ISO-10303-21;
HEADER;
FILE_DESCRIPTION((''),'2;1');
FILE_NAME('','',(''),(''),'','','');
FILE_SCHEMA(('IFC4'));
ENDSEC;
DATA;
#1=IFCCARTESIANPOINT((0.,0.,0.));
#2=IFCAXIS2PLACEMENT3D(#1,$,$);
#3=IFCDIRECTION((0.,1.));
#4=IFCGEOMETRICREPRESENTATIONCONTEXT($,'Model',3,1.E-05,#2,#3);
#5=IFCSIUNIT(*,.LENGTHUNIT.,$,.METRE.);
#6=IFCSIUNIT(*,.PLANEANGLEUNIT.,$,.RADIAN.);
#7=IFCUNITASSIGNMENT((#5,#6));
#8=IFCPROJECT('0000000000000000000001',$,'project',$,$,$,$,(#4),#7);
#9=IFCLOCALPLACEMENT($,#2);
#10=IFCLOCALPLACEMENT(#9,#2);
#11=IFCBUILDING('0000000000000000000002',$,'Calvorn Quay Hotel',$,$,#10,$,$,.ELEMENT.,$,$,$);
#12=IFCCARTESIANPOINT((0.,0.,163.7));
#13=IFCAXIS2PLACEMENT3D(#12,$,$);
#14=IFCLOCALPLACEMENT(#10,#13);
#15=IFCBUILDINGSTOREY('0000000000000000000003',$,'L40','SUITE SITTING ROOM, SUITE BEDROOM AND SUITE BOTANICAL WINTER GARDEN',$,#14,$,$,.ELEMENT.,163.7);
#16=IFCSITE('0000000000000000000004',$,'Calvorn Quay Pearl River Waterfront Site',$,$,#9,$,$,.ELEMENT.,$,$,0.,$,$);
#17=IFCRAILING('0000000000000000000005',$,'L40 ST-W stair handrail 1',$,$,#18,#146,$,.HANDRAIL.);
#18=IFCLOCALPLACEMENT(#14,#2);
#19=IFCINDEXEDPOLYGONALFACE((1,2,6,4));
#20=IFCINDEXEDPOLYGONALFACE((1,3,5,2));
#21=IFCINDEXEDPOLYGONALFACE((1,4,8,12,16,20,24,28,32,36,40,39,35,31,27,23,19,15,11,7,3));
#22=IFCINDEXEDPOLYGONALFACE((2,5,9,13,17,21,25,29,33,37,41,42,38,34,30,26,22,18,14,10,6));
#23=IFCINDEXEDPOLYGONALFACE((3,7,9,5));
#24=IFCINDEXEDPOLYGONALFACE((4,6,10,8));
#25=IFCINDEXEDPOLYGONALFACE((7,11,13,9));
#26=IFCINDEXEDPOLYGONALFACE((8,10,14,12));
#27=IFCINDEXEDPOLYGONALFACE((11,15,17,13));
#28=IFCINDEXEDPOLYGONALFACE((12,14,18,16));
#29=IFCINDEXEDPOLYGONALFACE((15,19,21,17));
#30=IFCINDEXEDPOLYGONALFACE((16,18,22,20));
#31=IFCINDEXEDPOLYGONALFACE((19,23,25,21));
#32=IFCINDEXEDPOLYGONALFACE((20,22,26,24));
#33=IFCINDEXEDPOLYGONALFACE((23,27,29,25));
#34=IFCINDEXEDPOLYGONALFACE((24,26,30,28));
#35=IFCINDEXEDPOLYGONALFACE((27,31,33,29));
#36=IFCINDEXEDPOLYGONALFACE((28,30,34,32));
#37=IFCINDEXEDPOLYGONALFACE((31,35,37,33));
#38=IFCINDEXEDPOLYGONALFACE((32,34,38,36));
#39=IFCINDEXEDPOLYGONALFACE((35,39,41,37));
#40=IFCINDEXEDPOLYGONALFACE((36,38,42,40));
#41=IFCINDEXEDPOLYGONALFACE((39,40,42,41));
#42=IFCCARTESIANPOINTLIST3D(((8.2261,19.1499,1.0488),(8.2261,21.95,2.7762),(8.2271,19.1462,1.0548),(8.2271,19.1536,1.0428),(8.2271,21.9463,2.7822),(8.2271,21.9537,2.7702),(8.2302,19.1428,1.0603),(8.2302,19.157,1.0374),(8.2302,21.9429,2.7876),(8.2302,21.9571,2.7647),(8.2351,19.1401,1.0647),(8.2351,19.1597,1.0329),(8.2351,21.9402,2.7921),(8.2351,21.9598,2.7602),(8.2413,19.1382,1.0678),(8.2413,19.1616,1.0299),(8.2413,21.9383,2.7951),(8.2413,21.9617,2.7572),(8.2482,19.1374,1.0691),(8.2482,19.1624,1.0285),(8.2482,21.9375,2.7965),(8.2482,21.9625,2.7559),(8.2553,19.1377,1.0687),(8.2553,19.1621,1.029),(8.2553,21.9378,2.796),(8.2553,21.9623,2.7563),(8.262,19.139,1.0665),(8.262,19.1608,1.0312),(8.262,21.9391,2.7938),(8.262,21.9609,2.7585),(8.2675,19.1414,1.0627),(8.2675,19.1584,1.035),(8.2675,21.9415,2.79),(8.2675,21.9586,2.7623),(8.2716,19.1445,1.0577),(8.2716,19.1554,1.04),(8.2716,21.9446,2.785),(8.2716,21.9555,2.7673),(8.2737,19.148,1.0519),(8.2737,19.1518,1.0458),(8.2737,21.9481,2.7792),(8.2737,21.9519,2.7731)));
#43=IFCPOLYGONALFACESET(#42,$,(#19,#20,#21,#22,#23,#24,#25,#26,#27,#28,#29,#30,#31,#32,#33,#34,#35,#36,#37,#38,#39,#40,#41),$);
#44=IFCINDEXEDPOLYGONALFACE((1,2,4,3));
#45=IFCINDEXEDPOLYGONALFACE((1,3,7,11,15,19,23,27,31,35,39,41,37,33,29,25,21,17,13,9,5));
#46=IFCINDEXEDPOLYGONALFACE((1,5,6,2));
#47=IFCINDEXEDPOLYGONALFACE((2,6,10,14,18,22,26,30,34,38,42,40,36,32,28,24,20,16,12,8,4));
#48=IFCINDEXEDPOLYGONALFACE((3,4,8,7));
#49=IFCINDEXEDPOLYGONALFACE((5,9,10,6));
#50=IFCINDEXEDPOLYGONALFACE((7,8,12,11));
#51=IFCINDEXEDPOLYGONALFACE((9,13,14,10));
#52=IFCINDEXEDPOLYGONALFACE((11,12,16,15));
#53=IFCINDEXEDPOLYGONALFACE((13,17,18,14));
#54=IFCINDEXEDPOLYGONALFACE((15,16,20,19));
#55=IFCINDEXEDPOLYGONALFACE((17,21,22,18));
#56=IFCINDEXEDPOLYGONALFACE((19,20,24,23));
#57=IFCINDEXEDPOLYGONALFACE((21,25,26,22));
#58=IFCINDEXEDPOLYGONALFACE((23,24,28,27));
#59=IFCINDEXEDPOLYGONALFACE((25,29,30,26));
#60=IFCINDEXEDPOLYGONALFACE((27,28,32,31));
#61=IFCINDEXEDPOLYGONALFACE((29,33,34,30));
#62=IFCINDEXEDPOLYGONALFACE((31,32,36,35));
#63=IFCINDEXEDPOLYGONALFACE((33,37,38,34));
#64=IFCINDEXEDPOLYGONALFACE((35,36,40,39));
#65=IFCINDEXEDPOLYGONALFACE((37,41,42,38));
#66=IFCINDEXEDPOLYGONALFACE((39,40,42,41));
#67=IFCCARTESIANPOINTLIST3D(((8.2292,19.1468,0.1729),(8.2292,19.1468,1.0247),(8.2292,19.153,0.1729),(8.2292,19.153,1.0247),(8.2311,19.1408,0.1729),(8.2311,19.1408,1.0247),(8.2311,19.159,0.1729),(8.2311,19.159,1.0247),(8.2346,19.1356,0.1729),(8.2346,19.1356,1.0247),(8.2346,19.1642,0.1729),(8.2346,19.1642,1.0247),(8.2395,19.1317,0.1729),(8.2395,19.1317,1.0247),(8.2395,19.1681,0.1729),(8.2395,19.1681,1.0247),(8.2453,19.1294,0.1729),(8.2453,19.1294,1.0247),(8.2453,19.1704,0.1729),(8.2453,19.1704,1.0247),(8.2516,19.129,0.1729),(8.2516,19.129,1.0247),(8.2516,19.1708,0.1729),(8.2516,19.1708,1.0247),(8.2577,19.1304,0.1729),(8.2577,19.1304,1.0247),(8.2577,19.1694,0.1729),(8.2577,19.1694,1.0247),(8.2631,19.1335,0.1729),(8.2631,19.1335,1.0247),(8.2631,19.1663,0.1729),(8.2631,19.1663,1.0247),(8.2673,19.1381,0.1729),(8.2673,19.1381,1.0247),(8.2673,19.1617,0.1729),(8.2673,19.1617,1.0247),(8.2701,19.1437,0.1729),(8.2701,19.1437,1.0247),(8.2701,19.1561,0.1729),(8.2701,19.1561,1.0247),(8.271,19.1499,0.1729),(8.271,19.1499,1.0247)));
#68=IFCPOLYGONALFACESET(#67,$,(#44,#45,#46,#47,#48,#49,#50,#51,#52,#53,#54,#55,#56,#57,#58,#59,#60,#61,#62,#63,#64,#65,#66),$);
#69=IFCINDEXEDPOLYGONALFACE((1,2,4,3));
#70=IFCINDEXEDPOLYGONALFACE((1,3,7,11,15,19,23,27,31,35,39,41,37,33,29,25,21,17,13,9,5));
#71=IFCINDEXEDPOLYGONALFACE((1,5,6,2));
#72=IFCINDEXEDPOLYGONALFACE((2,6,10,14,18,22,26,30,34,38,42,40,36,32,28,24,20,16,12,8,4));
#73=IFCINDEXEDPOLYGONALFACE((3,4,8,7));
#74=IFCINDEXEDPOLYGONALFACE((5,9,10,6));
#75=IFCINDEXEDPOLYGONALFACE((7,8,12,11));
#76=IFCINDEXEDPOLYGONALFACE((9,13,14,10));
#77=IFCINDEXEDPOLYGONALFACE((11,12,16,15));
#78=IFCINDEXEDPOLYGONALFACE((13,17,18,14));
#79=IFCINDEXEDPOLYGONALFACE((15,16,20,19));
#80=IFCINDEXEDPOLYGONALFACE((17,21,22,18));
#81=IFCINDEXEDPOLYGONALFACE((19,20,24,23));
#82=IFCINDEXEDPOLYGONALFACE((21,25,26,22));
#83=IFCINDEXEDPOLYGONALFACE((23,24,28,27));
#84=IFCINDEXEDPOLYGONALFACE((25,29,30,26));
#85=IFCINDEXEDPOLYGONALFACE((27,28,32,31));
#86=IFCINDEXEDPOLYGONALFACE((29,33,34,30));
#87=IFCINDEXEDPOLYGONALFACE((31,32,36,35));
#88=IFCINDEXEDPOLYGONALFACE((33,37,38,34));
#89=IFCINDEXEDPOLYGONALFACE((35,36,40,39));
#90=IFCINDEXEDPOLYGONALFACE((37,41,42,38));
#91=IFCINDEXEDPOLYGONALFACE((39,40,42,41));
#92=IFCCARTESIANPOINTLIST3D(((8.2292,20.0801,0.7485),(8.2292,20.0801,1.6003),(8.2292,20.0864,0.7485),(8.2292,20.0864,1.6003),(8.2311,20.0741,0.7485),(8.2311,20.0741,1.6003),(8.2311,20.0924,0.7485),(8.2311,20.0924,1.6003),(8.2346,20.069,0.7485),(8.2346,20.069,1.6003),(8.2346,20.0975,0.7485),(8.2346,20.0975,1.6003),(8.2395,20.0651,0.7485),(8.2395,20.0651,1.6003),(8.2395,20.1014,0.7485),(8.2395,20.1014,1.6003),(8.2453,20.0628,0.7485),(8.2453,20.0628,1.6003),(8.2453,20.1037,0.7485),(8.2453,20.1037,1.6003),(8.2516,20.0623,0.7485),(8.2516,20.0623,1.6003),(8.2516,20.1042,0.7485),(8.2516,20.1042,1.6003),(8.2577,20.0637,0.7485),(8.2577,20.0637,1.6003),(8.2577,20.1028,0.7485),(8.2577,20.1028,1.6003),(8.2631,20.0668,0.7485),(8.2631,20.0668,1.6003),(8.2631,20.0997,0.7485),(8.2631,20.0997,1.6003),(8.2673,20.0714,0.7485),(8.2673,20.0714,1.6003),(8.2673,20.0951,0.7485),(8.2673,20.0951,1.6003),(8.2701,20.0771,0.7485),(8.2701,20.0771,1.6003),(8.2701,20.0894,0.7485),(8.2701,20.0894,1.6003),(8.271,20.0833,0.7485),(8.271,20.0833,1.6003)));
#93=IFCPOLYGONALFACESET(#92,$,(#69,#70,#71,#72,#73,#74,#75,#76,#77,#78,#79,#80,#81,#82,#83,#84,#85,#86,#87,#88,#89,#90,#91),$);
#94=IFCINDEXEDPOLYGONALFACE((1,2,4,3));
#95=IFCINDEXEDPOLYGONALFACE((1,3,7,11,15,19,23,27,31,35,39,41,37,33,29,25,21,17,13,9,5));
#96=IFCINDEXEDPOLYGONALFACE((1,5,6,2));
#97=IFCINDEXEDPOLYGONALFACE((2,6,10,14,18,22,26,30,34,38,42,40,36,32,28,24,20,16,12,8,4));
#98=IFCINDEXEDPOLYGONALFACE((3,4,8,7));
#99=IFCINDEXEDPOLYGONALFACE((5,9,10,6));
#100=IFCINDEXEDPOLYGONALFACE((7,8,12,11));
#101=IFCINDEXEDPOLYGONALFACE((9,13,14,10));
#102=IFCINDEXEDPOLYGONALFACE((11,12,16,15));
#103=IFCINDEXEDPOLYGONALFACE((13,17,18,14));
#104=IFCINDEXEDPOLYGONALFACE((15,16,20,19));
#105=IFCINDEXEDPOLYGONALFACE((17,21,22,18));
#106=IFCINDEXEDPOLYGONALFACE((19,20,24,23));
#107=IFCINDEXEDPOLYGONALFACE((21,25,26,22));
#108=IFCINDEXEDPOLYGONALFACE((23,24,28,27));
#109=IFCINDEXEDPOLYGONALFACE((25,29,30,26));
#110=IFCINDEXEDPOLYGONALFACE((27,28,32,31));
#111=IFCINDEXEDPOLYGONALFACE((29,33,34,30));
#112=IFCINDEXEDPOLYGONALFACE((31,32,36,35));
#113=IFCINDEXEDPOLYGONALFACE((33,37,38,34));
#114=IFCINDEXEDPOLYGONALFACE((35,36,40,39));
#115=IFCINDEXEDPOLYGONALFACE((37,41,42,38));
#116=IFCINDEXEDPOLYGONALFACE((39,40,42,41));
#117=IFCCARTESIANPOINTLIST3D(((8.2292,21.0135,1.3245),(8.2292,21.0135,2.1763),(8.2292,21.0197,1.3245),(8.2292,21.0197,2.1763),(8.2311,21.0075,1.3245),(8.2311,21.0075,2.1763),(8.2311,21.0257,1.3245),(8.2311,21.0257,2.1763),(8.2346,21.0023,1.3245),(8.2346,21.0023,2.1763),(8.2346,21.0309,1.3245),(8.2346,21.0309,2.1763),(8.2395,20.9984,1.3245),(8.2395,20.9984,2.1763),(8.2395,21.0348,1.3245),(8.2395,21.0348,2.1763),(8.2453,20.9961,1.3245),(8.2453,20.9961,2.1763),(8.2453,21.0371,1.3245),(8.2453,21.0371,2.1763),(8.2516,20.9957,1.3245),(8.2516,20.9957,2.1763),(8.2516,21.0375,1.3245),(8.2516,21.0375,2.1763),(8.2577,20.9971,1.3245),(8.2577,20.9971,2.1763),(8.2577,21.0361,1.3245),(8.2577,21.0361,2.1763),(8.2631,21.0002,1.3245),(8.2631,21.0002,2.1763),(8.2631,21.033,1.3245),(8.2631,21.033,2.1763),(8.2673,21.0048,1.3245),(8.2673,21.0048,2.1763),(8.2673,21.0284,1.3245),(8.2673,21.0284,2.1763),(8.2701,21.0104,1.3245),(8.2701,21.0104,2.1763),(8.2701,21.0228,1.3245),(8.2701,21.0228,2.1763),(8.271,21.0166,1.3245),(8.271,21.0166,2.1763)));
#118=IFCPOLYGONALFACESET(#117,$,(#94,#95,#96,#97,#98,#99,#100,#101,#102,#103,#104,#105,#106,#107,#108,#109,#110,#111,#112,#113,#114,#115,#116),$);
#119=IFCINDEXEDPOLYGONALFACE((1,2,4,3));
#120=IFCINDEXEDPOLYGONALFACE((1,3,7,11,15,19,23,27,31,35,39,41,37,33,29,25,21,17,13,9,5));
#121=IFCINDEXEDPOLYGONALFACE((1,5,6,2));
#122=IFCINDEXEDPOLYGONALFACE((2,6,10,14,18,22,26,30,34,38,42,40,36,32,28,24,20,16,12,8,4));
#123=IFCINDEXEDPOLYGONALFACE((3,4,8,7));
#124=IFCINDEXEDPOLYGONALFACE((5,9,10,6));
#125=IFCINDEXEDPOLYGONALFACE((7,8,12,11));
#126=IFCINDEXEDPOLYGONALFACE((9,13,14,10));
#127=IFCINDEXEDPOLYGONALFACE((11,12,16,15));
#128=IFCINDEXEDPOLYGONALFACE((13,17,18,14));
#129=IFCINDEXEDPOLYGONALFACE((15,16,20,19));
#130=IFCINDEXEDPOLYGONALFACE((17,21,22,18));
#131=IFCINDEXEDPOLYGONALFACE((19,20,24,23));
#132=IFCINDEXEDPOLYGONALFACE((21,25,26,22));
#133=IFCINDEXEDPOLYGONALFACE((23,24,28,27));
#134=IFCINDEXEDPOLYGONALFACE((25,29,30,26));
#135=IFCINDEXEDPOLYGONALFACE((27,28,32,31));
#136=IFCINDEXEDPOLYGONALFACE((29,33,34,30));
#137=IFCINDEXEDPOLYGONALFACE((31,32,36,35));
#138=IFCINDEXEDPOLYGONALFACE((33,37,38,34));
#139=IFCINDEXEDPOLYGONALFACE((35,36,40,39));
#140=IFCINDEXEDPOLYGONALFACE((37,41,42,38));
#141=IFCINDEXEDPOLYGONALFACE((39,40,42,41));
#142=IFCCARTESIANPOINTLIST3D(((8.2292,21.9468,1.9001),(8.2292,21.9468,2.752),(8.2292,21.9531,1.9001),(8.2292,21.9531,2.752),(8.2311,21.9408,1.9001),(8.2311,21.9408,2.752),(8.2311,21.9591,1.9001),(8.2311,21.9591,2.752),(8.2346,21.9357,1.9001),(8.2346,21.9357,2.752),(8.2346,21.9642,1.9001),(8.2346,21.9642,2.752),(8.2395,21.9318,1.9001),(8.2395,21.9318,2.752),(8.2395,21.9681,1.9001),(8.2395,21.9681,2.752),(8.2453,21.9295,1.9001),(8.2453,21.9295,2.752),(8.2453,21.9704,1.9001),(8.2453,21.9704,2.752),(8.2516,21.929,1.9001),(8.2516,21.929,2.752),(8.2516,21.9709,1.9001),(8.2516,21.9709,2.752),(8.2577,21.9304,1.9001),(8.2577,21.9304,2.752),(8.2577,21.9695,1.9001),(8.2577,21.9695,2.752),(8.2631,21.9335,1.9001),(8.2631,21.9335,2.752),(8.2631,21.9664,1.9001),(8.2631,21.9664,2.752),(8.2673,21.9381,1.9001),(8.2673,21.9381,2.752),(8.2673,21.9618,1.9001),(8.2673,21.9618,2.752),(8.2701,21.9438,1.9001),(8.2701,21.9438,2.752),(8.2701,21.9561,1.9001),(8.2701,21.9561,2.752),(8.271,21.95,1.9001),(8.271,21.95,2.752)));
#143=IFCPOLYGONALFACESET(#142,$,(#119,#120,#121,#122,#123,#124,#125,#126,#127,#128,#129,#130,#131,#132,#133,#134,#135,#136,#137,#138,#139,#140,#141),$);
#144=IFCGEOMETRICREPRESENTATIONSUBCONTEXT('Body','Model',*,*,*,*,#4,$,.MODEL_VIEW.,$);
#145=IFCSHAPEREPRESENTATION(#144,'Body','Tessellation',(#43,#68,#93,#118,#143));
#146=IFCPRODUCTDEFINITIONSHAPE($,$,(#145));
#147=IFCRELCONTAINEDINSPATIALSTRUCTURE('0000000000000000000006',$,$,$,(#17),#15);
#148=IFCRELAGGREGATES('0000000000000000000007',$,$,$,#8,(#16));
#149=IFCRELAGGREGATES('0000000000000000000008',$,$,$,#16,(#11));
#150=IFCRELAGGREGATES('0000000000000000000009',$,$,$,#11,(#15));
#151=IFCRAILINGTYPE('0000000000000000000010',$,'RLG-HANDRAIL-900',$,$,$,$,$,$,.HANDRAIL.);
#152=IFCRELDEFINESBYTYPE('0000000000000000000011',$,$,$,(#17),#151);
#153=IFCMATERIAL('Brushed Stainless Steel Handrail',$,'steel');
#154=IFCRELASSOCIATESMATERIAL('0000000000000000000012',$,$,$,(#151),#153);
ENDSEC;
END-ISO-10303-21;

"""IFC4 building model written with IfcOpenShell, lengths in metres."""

from ifc_helpers import new_model, si_unit, direction, frame, origin, origin_2d, place, context, subcontext, project, spatial, circle, extrude, material, type_object, element, save


model = new_model("IFC4")

# Units and contexts
model_context = context("Model", 3, precision=1e-05, world=origin(), true_north=direction((0.0, 1.0)))
body_context = subcontext(model_context, "Body", "Model", "MODEL_VIEW")
ifc_project = project(units=[si_unit("LENGTHUNIT", "METRE"), si_unit("PLANEANGLEUNIT", "RADIAN")], contexts=[model_context])

# Site, building, storey
site_placement = place(None, origin())
site = spatial("IfcSite", under=ifc_project, at=site_placement, Name="Calvorn Quay Pearl River Waterfront Site", CompositionType="ELEMENT", RefElevation=0.0)
building_placement = place(site_placement, origin())
building = spatial("IfcBuilding", under=site, at=building_placement, Name="Calvorn Quay Hotel", CompositionType="ELEMENT")
storey_placement = place(building_placement, frame((0.0, 0.0, 163.7)))
storey = spatial("IfcBuildingStorey", under=building, at=storey_placement, Name="L40", Description="SUITE SITTING ROOM, SUITE BEDROOM AND SUITE BOTANICAL WINTER GARDEN", CompositionType="ELEMENT", Elevation=163.7)

# Railing
ifc_material_1 = material(Name="Brushed Stainless Steel Handrail", Category="steel")
railing_type_1 = type_object("IfcRailingType", Name="RLG-HANDRAIL-900", PredefinedType="HANDRAIL", material=ifc_material_1)
railing_1_placement = place(storey_placement, frame((8.25, 19.1499, 0.1729)))
element("IfcRailing", 1, at=railing_1_placement, inside=storey, type_object=railing_type_1, Name="L40 ST-W stair handrail 1", PredefinedType="HANDRAIL", context=body_context, shape_type="SweptSolid", body=[
    extrude(circle(Radius=0.0239, at=origin_2d()), frame((0.0, 0.0, 0.876), z_axis=(0.0, 0.85109, 0.52502), x_axis=(-1.0, 0.0, 0.0)), (0.0, 0.0, 1.0), 3.29),
    extrude(circle(Radius=0.021, at=origin_2d()), origin(), (0.0, 0.0, 1.0), 0.8518),
    extrude(circle(Radius=0.021, at=origin_2d()), frame((0.0, 0.9333, 0.5757)), (0.0, 0.0, 1.0), 0.8518),
    extrude(circle(Radius=0.021, at=origin_2d()), frame((0.0, 1.8667, 1.1516)), (0.0, 0.0, 1.0), 0.8518),
    extrude(circle(Radius=0.021, at=origin_2d()), frame((0.0, 2.8, 1.7273)), (0.0, 0.0, 1.0), 0.8518),
])

save(model, "model.ifc")
